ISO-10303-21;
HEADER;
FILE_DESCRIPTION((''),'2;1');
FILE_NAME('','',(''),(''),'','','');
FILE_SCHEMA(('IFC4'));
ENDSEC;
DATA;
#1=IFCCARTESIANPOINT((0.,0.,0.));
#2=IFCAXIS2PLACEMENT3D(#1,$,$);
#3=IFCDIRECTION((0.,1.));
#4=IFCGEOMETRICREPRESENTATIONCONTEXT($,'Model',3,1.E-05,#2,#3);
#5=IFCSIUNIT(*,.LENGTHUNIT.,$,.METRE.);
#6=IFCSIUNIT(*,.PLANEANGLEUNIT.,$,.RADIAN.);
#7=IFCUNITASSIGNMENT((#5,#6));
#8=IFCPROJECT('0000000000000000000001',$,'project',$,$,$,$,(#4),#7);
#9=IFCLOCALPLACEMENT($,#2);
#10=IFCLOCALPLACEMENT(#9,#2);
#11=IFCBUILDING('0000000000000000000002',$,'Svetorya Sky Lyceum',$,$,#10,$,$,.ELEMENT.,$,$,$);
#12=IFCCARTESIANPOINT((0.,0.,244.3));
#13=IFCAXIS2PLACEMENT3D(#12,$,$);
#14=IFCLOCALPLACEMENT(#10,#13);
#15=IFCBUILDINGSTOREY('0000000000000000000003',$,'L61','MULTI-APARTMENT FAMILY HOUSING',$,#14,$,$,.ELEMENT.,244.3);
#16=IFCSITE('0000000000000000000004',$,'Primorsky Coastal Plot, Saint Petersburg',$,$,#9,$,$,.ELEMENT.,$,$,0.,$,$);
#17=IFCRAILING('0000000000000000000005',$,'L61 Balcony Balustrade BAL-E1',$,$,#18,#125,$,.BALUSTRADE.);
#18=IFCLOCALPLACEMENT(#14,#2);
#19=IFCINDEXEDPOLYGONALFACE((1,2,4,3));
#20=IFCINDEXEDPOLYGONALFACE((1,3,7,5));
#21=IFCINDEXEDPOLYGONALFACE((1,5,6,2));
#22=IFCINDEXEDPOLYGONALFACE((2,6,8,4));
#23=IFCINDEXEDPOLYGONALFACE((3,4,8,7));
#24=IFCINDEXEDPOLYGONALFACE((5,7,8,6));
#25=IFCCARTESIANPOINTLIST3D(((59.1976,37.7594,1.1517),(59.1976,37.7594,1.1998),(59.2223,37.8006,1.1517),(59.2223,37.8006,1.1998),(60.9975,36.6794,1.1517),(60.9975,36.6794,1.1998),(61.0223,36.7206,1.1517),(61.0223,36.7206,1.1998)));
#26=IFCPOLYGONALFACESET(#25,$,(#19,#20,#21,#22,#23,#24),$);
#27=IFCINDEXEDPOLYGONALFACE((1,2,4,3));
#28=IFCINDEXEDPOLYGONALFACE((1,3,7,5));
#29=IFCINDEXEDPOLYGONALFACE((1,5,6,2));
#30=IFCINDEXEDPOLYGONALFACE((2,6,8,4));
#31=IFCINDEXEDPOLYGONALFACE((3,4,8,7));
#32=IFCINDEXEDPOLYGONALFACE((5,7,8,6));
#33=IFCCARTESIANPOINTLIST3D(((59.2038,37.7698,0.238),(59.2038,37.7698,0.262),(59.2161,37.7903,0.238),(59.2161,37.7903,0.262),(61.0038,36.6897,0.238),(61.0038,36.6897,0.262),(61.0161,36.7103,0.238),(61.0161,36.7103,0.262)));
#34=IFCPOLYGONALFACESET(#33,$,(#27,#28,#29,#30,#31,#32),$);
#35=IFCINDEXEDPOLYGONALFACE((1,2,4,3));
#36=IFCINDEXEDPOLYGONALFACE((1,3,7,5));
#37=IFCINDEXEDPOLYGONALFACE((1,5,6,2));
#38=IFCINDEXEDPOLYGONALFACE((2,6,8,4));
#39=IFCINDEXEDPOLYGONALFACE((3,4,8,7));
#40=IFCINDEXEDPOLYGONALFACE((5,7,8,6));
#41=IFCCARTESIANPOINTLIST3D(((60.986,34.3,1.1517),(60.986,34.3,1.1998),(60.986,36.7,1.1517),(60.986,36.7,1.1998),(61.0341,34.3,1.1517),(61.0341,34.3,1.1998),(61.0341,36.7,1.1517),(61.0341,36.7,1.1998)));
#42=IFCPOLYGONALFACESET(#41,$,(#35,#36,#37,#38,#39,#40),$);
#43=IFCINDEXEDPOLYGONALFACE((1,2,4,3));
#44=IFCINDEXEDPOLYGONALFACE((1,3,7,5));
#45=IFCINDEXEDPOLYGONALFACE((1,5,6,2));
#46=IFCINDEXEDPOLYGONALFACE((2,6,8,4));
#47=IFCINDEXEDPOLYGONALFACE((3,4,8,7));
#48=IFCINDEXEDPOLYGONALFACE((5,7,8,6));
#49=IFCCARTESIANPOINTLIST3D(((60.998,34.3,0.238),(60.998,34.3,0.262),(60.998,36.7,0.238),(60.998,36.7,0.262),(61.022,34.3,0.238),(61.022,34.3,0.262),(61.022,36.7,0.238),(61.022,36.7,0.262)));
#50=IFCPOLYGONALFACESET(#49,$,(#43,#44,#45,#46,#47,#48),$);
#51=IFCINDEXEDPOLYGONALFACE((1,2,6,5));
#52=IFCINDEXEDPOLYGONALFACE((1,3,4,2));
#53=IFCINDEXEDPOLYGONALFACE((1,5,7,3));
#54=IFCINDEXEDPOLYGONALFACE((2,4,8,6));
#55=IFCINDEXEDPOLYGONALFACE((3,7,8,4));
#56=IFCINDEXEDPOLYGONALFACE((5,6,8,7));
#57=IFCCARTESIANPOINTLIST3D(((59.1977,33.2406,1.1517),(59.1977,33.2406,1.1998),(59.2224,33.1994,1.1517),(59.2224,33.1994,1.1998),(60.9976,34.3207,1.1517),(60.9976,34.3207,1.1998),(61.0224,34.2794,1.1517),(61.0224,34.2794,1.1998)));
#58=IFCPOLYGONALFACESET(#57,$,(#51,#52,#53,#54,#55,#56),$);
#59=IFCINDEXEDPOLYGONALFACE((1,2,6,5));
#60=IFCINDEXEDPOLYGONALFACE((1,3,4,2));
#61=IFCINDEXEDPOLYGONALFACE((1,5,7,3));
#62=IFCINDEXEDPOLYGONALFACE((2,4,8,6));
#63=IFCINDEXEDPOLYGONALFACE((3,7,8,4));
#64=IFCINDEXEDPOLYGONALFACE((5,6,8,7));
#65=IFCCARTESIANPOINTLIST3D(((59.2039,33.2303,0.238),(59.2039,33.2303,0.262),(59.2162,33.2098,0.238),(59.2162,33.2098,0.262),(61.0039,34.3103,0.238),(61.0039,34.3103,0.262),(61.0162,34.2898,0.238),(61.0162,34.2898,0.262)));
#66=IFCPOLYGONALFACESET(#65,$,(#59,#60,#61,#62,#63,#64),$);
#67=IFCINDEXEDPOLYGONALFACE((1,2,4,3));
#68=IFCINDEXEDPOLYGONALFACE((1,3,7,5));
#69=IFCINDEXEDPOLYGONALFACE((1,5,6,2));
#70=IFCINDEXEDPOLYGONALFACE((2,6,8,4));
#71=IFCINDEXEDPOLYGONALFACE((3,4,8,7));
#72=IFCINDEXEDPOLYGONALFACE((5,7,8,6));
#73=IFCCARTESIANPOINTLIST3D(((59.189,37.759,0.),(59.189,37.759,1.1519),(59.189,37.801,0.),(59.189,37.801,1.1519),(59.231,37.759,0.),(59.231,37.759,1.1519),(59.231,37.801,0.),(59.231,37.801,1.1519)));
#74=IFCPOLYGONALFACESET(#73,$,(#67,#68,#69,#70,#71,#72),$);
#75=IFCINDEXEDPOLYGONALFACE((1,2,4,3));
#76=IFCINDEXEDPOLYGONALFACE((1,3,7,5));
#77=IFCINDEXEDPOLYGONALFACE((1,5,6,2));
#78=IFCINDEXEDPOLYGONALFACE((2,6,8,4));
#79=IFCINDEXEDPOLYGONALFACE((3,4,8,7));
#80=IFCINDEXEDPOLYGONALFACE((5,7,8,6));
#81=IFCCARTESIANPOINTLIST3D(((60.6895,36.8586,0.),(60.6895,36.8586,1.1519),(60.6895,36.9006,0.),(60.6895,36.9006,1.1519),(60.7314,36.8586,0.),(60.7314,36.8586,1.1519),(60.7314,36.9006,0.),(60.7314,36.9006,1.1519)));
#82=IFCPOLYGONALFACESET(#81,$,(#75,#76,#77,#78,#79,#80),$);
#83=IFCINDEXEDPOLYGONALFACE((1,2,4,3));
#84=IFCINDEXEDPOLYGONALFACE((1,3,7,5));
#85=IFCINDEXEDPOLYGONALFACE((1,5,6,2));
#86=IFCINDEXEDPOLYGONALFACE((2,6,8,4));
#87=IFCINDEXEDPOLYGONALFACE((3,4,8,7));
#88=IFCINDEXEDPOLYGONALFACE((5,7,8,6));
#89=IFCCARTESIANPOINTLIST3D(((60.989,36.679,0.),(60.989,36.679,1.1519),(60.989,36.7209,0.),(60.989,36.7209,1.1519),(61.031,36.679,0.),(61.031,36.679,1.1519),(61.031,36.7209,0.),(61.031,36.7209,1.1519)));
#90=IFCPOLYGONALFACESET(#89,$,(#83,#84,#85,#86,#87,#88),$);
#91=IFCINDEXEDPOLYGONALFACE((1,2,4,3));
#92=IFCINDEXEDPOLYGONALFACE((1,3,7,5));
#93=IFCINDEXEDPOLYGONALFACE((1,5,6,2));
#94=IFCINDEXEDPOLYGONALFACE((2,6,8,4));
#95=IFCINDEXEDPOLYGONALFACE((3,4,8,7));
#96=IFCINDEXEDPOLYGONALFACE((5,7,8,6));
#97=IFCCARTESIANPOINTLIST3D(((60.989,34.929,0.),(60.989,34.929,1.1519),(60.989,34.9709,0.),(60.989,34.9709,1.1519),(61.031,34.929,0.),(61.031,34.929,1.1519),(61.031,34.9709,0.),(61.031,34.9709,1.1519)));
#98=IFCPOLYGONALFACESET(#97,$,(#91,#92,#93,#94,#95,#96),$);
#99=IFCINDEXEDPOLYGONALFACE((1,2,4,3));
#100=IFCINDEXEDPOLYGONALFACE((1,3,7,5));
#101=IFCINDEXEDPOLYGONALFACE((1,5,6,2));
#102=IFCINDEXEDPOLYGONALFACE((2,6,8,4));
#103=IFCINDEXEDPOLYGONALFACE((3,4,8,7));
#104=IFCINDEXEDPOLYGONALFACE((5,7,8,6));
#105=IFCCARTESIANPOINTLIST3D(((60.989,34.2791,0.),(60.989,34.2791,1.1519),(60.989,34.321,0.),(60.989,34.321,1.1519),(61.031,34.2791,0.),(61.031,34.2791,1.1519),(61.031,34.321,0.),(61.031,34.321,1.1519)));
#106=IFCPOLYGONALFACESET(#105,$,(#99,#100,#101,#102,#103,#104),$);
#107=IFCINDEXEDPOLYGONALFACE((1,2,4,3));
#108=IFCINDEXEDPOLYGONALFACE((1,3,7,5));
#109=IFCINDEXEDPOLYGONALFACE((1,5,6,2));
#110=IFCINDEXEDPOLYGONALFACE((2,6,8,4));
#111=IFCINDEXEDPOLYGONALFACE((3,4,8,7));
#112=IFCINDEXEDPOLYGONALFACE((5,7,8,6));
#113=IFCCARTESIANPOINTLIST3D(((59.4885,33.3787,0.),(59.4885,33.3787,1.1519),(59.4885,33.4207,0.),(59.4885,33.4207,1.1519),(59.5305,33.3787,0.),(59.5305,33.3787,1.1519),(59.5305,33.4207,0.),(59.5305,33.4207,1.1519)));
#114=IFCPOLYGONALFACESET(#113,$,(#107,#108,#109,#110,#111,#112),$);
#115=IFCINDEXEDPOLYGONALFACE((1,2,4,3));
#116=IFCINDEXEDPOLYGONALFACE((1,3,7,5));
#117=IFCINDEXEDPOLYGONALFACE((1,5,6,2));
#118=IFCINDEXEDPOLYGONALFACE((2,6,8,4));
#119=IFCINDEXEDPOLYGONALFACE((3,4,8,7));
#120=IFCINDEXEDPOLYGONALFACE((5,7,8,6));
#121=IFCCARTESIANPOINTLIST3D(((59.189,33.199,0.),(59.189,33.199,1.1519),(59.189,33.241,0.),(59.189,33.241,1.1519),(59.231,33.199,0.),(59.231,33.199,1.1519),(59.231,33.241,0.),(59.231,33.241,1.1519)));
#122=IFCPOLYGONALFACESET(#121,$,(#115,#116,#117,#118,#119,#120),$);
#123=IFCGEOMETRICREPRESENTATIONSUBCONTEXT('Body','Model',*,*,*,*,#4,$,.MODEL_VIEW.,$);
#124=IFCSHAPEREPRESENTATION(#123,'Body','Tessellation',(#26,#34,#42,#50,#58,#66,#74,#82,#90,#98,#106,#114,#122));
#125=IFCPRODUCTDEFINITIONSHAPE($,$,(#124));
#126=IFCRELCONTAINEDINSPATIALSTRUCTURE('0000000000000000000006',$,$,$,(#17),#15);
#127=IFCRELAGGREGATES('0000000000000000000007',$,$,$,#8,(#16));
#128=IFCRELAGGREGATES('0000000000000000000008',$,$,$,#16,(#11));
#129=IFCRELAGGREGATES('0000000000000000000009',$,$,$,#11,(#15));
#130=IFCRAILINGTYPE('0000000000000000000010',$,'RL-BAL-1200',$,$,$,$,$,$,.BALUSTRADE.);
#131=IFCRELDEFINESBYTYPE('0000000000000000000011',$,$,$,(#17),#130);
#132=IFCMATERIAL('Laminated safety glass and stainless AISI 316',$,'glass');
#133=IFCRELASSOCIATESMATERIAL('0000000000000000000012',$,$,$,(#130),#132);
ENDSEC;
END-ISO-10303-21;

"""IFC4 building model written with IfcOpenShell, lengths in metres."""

from ifc_helpers import new_model, si_unit, direction, frame, origin, origin_2d, place, context, subcontext, project, spatial, rectangle, extrude, material, type_object, element, save


model = new_model("IFC4")

# Units and contexts
model_context = context("Model", 3, precision=1e-05, world=origin(), true_north=direction((0.0, 1.0)))
body_context = subcontext(model_context, "Body", "Model", "MODEL_VIEW")
ifc_project = project(units=[si_unit("LENGTHUNIT", "METRE"), si_unit("PLANEANGLEUNIT", "RADIAN")], contexts=[model_context])

# Site, building, storey
site_placement = place(None, origin())
site = spatial("IfcSite", under=ifc_project, at=site_placement, Name="Primorsky Coastal Plot, Saint Petersburg", CompositionType="ELEMENT", RefElevation=0.0)
building_placement = place(site_placement, origin())
building = spatial("IfcBuilding", under=site, at=building_placement, Name="Svetorya Sky Lyceum", CompositionType="ELEMENT")
storey_placement = place(building_placement, frame((0.0, 0.0, 244.3)))
storey = spatial("IfcBuildingStorey", under=building, at=storey_placement, Name="L61", Description="MULTI-APARTMENT FAMILY HOUSING", CompositionType="ELEMENT", Elevation=244.3)

# Railing
ifc_material_1 = material(Name="Laminated safety glass and stainless AISI 316", Category="glass")
railing_type = type_object("IfcRailingType", Name="RL-BAL-1200", PredefinedType="BALUSTRADE", material=ifc_material_1)
railing_placement = place(storey_placement, frame((59.21, 37.78, 0.0)))
element("IfcRailing", 1, at=railing_placement, inside=storey, type_object=railing_type, Name="L61 Balcony Balustrade BAL-E1", PredefinedType="BALUSTRADE", context=body_context, shape_type="SweptSolid", body=[
    extrude(rectangle(XDim=0.0481, YDim=0.0481, at=origin_2d()), frame((0.0, 0.0, 1.1758), z_axis=(0.857483, -0.514513, 0.0), x_axis=(0.514513, 0.857483, 0.0)), (0.0, 0.0, 1.0), 2.0991),
    extrude(rectangle(XDim=0.0239, YDim=0.0239, at=origin_2d()), frame((0.0, 0.0, 0.25), z_axis=(0.857483, -0.514513, 0.0), x_axis=(0.514513, 0.857483, 0.0)), (0.0, 0.0, 1.0), 2.0991),
    extrude(rectangle(XDim=0.0481, YDim=0.0481, at=origin_2d()), frame((1.8, -1.0801, 1.1758), z_axis=(0.0, -1.0, 0.0), x_axis=(1.0, 0.0, 0.0)), (0.0, 0.0, 1.0), 2.3999),
    extrude(rectangle(XDim=0.0239, YDim=0.0239, at=origin_2d()), frame((1.8, -1.0801, 0.25), z_axis=(0.0, -1.0, 0.0), x_axis=(1.0, 0.0, 0.0)), (0.0, 0.0, 1.0), 2.3999),
    extrude(rectangle(XDim=0.0481, YDim=0.0481, at=origin_2d()), frame((1.8, -3.48, 1.1758), z_axis=(-0.857483, -0.514513, 0.0), x_axis=(0.514513, -0.857483, 0.0)), (0.0, 0.0, 1.0), 2.0991),
    extrude(rectangle(XDim=0.0239, YDim=0.0239, at=origin_2d()), frame((1.8, -3.48, 0.25), z_axis=(-0.857483, -0.514513, 0.0), x_axis=(0.514513, -0.857483, 0.0)), (0.0, 0.0, 1.0), 2.0991),
    extrude(rectangle(XDim=0.042, YDim=0.042, at=origin_2d()), origin(), (0.0, 0.0, 1.0), 1.1519),
    extrude(rectangle(XDim=0.042, YDim=0.042, at=origin_2d()), frame((1.5005, -0.9004, 0.0)), (0.0, 0.0, 1.0), 1.1519),
    extrude(rectangle(XDim=0.042, YDim=0.042, at=origin_2d()), frame((1.8, -1.0801, 0.0)), (0.0, 0.0, 1.0), 1.1519),
    extrude(rectangle(XDim=0.042, YDim=0.042, at=origin_2d()), frame((1.8, -2.8301, 0.0)), (0.0, 0.0, 1.0), 1.1519),
    extrude(rectangle(XDim=0.042, YDim=0.042, at=origin_2d()), frame((1.8, -3.48, 0.0)), (0.0, 0.0, 1.0), 1.1519),
    extrude(rectangle(XDim=0.042, YDim=0.042, at=origin_2d()), frame((0.2996, -4.3804, 0.0)), (0.0, 0.0, 1.0), 1.1519),
    extrude(rectangle(XDim=0.042, YDim=0.042, at=origin_2d()), frame((0.0, -4.5601, 0.0)), (0.0, 0.0, 1.0), 1.1519),
])

save(model, "model.ifc")
